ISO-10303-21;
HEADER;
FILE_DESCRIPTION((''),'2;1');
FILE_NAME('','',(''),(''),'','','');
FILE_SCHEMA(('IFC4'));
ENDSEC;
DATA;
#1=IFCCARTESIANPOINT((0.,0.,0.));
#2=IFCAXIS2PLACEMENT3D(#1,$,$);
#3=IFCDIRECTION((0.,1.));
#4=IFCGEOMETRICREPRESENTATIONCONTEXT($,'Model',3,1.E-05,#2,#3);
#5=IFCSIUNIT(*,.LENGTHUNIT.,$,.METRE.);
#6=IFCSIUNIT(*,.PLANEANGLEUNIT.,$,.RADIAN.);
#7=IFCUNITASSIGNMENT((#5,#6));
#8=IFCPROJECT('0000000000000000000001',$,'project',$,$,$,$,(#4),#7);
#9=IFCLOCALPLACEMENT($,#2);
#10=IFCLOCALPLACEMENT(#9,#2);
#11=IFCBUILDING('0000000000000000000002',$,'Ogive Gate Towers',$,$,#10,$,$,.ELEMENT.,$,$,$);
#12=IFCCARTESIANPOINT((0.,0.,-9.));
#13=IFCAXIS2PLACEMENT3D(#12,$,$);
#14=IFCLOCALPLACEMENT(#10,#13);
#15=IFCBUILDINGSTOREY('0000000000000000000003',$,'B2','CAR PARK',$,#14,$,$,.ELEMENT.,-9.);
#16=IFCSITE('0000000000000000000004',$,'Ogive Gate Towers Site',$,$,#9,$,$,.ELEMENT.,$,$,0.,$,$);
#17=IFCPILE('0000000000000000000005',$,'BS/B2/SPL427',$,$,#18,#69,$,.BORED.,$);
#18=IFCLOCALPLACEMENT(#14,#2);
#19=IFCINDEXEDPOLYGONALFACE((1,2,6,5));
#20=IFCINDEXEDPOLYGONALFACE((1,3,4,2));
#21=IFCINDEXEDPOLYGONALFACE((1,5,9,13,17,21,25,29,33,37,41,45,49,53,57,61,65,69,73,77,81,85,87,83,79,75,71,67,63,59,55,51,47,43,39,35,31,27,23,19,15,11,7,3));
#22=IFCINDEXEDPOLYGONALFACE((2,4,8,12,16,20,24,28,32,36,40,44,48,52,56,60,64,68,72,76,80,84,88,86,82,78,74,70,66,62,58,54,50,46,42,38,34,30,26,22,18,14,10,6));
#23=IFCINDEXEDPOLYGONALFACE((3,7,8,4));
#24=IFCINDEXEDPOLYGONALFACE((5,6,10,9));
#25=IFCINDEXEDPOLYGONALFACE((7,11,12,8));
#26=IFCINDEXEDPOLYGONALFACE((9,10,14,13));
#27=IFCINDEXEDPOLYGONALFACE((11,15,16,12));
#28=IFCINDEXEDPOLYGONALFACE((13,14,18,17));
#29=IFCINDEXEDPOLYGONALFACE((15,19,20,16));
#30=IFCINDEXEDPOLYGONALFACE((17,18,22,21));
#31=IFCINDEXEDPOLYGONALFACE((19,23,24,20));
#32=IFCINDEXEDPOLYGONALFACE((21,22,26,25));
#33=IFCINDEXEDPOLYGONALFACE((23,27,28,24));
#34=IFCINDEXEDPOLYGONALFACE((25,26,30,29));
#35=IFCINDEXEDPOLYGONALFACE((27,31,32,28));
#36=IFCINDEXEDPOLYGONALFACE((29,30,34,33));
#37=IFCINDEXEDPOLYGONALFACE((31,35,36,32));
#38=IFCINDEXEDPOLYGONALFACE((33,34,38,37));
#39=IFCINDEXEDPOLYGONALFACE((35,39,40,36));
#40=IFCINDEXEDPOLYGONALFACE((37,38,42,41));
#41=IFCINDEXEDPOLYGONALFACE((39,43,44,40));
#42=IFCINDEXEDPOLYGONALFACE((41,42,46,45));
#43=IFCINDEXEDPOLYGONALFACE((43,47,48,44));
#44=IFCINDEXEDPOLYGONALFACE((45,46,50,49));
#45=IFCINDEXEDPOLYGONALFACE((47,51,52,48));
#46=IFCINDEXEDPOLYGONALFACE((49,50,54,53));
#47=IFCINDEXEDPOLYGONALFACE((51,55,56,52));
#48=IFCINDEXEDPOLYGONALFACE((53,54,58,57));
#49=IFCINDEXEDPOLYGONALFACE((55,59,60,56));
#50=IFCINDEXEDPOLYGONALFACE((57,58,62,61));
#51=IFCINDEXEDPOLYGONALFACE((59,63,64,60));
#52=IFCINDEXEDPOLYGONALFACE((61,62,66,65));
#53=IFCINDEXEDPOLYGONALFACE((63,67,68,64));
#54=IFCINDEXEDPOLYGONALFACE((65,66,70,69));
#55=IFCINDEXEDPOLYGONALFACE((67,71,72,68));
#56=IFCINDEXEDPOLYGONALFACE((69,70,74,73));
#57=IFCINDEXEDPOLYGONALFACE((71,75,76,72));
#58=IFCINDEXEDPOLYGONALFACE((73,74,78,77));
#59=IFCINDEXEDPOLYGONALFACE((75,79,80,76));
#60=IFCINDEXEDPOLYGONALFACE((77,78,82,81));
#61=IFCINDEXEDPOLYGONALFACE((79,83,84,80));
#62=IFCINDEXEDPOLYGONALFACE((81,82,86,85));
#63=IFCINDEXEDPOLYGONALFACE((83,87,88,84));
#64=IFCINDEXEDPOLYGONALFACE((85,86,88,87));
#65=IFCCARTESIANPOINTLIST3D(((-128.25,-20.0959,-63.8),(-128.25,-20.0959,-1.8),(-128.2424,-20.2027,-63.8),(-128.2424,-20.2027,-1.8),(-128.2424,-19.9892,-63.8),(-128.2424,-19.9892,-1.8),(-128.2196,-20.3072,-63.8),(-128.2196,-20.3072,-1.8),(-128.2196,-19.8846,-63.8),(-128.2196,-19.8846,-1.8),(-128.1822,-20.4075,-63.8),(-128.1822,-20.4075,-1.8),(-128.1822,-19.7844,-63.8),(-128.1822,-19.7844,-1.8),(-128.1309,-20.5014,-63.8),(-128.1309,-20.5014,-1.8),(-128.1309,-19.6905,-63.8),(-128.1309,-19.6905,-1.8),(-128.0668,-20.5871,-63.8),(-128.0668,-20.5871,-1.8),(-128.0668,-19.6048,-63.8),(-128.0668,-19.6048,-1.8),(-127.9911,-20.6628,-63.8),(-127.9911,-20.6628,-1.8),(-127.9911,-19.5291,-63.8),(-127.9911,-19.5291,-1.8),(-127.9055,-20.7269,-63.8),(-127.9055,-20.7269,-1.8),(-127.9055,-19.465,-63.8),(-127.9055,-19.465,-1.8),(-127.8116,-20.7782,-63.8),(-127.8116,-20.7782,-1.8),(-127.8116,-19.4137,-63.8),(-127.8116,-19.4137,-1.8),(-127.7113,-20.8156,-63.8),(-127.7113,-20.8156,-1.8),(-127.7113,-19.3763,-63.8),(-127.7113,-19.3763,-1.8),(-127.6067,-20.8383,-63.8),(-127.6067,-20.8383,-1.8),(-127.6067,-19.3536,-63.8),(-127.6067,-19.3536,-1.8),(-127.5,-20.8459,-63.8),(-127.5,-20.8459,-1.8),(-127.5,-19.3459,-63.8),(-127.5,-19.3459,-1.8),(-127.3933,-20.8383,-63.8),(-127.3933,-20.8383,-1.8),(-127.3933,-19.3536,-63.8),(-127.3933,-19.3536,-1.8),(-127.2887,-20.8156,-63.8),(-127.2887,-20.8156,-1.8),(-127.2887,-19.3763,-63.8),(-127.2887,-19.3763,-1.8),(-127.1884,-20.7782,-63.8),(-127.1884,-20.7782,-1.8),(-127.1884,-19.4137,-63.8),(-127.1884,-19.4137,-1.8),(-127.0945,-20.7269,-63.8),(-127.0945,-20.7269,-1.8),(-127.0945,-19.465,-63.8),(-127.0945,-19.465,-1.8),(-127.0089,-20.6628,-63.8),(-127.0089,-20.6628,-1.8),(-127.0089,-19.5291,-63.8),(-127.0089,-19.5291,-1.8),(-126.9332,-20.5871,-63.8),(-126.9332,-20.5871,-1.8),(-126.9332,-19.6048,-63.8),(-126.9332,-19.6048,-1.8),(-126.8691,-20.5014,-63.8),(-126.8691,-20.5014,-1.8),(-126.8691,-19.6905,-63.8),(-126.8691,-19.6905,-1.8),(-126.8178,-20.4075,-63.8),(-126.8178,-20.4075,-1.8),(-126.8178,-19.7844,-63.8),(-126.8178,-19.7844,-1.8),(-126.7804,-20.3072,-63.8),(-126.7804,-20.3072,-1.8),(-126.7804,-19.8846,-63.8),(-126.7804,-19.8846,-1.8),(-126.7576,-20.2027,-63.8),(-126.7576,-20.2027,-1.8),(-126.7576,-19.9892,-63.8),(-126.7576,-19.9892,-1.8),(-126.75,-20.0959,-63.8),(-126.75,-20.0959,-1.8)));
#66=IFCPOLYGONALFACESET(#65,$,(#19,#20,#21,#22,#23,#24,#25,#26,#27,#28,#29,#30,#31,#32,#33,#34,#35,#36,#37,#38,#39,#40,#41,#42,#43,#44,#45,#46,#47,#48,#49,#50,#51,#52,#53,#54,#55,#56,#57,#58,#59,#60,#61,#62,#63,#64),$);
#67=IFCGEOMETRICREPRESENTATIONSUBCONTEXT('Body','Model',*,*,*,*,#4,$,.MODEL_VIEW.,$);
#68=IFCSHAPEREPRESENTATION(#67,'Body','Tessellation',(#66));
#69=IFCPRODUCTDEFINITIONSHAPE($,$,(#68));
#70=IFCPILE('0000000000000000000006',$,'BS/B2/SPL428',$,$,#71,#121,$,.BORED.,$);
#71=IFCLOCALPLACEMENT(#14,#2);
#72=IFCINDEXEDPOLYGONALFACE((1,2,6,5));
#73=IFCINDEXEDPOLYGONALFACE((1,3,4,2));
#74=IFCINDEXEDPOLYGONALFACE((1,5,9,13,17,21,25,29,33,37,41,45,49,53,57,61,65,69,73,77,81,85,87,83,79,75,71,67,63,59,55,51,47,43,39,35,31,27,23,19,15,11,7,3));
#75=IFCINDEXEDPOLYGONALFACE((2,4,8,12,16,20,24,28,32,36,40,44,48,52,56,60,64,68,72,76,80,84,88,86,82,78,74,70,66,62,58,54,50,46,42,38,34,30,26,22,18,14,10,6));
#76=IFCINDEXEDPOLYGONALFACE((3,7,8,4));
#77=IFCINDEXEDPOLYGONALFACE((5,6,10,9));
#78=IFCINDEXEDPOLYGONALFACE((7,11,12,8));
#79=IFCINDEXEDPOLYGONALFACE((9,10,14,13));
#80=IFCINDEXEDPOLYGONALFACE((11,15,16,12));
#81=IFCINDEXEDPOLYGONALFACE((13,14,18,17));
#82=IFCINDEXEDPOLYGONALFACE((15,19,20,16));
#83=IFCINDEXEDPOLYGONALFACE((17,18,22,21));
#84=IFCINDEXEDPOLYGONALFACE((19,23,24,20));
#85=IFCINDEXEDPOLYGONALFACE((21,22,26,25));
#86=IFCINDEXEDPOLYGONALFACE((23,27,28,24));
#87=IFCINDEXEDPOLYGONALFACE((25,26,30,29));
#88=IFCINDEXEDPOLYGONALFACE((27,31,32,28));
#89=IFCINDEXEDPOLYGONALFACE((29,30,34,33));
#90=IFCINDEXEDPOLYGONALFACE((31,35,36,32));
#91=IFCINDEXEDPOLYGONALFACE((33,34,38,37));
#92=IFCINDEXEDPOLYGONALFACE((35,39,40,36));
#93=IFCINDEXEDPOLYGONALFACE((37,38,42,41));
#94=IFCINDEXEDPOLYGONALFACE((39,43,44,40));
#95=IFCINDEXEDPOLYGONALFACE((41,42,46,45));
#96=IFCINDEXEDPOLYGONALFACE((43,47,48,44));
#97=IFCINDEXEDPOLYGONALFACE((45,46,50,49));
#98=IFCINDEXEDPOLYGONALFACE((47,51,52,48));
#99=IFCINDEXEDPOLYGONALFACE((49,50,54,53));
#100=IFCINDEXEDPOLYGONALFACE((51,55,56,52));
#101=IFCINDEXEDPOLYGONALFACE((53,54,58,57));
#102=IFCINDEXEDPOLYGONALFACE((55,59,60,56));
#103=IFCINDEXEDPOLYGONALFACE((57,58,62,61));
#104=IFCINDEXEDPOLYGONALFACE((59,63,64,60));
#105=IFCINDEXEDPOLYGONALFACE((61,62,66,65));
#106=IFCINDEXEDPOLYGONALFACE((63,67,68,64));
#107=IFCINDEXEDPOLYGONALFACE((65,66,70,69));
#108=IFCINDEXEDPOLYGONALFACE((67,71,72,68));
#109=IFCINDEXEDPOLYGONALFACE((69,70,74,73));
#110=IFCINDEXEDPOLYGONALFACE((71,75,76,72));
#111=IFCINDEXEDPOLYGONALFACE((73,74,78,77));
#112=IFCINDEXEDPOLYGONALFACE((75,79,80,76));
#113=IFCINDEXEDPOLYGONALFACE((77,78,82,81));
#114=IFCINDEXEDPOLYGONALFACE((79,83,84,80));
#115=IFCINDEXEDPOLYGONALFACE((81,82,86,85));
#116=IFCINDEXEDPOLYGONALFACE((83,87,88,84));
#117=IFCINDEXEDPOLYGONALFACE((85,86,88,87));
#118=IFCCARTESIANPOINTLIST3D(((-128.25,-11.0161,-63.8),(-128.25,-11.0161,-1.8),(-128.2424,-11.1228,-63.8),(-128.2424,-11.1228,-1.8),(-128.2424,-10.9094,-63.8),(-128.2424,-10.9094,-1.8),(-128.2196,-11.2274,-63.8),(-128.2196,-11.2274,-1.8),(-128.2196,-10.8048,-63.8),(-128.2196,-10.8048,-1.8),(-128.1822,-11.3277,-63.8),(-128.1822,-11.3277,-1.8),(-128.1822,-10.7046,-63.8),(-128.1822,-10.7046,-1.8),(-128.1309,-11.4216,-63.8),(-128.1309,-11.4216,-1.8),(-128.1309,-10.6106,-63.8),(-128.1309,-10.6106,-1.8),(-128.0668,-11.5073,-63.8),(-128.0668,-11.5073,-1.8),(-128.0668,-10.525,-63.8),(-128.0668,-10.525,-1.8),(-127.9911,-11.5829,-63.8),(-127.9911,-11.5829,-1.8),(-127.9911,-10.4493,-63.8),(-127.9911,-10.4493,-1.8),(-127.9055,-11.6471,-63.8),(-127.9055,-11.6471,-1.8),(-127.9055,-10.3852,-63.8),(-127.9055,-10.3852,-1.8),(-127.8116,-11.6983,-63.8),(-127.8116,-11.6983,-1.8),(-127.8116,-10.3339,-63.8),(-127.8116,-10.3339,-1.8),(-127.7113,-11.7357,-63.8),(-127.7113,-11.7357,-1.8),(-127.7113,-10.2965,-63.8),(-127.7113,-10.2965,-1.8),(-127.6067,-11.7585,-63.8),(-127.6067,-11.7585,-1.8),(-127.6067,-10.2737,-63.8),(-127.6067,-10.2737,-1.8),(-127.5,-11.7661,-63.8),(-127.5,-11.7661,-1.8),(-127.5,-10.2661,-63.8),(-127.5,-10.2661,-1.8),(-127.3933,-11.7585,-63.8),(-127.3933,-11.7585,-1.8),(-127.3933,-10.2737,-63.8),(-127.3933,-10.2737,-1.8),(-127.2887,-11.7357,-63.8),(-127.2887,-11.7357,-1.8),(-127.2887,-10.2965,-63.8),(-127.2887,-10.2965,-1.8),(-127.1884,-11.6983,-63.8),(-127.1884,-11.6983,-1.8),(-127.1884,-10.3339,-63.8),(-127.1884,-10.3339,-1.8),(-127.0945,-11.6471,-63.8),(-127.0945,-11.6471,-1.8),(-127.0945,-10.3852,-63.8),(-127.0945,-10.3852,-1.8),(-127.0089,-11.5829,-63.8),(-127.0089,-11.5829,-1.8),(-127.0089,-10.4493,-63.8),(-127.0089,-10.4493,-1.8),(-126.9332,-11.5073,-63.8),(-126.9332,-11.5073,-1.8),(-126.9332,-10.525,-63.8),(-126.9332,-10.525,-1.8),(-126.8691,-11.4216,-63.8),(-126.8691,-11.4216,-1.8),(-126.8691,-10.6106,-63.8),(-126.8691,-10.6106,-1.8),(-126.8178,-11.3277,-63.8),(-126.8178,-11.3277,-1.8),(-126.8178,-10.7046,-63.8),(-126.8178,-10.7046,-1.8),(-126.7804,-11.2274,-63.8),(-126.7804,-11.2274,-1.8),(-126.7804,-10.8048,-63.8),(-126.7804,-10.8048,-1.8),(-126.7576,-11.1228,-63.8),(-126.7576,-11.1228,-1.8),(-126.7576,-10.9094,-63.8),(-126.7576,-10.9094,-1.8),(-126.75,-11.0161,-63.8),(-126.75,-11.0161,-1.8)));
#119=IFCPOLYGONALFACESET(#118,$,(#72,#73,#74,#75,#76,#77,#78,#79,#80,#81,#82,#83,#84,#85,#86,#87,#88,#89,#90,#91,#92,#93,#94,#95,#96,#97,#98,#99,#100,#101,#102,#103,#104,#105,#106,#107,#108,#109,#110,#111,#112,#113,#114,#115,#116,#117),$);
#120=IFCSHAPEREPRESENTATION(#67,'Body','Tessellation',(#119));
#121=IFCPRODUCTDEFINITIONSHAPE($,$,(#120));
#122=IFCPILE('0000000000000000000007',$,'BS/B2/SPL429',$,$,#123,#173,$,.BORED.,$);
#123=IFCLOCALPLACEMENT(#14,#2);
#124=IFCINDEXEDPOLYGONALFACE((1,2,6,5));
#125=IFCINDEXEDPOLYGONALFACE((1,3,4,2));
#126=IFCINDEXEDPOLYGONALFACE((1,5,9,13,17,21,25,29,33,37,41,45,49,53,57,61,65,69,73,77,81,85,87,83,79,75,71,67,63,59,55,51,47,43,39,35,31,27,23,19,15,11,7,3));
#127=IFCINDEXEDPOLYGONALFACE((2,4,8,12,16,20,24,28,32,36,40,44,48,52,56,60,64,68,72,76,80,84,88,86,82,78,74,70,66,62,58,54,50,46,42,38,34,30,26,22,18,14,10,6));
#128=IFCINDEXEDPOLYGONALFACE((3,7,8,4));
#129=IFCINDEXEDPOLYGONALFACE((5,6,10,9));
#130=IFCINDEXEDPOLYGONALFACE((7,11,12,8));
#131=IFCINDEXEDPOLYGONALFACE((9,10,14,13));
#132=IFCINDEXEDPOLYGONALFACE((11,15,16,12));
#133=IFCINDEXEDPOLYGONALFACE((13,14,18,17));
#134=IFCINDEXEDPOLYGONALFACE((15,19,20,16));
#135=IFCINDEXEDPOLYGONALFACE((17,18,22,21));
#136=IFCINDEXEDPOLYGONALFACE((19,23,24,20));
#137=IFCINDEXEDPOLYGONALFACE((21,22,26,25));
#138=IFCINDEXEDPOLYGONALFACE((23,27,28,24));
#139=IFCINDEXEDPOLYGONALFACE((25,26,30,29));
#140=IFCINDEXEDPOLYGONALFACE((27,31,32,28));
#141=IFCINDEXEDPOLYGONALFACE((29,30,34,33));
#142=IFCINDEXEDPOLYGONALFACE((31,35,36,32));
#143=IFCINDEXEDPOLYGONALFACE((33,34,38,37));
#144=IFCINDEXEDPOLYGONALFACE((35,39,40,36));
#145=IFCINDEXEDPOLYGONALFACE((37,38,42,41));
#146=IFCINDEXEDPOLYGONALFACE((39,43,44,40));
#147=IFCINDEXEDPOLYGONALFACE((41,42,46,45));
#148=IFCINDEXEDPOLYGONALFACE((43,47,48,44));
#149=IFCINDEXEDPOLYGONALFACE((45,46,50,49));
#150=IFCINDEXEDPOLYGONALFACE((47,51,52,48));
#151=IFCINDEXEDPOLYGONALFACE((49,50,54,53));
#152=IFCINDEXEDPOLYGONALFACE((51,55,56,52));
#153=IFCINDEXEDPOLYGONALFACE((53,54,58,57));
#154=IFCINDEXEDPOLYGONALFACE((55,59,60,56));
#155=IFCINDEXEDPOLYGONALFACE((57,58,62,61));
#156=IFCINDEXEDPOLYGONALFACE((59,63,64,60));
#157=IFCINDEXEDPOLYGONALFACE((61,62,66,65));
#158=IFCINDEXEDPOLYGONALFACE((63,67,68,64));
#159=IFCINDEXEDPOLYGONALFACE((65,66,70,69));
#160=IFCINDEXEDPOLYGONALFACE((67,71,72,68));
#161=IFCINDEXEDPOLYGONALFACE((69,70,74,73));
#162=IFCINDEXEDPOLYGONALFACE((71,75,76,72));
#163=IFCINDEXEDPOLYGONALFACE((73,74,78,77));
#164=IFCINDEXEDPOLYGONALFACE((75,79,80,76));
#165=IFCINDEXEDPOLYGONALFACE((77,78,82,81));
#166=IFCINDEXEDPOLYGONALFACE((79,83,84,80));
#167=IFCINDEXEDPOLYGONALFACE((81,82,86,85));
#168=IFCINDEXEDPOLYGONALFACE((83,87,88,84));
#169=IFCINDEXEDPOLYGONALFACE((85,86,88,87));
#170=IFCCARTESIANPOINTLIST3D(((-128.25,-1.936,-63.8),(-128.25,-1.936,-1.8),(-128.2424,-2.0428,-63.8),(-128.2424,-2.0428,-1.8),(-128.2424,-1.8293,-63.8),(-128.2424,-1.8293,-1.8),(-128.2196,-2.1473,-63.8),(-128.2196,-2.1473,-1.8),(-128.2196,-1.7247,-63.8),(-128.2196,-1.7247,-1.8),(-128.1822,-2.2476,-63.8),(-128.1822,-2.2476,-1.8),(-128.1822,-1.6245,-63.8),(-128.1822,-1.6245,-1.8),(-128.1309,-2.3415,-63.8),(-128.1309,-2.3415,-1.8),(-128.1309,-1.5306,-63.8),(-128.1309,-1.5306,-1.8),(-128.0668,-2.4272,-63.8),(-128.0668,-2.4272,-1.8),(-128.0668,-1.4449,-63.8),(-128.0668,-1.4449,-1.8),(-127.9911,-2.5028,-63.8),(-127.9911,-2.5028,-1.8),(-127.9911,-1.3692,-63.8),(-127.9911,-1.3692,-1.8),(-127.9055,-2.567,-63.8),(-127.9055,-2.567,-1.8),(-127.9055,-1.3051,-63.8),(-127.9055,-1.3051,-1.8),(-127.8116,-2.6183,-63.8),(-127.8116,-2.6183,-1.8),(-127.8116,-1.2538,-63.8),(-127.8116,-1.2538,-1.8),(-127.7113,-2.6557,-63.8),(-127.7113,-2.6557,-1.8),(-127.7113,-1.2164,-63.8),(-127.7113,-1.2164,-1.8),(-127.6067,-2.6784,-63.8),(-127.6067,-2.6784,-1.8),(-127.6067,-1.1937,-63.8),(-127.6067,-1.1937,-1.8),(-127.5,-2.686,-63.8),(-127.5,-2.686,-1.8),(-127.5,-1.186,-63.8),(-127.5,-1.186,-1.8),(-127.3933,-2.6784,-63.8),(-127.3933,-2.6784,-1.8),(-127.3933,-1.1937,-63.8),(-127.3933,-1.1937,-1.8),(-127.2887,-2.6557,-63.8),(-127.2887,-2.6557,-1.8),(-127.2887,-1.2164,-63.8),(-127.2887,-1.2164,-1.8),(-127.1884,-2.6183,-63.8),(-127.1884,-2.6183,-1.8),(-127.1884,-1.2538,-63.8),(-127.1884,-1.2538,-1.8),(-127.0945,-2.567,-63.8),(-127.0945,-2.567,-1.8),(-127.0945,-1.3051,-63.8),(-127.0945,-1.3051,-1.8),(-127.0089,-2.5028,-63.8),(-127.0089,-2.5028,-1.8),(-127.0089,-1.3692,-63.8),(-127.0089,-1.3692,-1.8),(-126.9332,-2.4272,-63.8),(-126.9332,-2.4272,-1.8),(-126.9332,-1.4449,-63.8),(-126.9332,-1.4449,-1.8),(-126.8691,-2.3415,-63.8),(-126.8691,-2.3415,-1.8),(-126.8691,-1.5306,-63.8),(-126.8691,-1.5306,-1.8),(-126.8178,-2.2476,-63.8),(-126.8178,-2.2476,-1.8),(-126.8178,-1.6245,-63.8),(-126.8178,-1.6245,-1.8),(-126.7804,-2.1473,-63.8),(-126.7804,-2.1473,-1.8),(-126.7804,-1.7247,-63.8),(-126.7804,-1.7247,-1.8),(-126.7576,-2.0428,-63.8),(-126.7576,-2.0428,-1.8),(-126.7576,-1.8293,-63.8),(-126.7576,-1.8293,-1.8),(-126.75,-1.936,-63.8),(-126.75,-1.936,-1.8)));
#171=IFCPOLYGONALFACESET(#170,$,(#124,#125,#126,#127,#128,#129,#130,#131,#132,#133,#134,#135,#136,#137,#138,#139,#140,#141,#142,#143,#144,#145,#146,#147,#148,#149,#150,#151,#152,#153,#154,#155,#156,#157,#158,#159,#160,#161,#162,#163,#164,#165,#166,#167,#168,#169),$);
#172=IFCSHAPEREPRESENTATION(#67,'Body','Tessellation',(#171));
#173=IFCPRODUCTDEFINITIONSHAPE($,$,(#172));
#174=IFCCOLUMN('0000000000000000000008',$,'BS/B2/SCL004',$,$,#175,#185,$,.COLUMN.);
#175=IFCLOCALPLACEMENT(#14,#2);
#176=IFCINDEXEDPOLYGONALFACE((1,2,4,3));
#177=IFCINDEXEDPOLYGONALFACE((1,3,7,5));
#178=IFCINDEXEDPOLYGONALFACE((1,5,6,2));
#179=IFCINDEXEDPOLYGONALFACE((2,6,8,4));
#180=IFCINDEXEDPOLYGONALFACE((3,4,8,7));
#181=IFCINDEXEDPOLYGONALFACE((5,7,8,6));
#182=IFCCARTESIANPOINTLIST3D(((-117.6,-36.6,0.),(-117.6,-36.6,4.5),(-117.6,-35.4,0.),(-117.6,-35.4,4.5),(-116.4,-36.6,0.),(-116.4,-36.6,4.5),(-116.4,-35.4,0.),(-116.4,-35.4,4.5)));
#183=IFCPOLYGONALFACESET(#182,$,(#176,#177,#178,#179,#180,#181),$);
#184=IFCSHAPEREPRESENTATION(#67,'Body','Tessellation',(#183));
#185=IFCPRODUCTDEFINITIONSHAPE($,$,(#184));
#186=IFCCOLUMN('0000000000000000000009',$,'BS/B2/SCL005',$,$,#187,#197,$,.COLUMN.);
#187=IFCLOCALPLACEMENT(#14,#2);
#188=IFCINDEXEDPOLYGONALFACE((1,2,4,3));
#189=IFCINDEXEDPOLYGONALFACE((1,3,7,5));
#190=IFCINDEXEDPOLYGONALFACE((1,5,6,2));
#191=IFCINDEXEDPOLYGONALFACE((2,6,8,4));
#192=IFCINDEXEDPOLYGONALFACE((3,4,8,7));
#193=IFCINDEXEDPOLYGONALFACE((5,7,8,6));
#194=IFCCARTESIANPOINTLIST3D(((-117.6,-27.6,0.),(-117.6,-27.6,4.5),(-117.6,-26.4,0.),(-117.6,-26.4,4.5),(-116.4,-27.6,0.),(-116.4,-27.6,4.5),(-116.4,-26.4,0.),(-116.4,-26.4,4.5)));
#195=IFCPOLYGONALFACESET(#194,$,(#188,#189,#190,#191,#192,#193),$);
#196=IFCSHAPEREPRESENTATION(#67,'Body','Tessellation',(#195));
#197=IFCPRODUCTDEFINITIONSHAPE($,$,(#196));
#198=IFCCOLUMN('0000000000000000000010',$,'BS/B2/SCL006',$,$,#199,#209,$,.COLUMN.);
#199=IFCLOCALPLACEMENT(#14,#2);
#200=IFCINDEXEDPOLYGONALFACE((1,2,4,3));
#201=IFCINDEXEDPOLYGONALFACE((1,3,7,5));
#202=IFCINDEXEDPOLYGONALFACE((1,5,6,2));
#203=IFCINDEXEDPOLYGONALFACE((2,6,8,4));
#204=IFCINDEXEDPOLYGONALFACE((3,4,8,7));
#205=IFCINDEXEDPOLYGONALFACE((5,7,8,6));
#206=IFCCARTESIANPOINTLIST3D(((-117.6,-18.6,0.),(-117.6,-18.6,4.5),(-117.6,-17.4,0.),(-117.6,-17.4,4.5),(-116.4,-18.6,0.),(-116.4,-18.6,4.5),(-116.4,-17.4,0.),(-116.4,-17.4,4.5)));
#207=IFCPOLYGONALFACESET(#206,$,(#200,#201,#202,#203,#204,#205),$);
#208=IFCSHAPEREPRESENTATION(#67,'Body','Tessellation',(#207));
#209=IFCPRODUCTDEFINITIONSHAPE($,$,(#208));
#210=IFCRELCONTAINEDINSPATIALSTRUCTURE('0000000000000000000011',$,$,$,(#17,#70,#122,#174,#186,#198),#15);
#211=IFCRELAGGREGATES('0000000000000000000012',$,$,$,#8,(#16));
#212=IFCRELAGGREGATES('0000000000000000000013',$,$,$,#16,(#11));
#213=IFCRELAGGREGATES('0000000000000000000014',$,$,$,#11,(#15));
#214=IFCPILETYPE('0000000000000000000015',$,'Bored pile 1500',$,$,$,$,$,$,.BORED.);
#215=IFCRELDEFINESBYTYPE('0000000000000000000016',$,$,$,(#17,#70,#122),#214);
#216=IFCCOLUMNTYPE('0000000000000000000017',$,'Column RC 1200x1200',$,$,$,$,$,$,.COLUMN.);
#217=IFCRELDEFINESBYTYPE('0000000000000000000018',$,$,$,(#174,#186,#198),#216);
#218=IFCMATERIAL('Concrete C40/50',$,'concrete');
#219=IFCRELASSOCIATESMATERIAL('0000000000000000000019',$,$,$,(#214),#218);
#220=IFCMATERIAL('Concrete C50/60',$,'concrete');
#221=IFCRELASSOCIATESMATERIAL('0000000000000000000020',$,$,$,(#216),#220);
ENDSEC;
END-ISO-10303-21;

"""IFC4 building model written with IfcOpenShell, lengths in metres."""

from ifc_helpers import new_model, si_unit, direction, frame, origin, origin_2d, place, context, subcontext, project, spatial, rectangle, circle, extrude, material, material_profile, profile_set, type_object, element, save


model = new_model("IFC4")

# Units and contexts
model_context = context("Model", 3, precision=1e-05, world=origin(), true_north=direction((0.0, 1.0)))
body_context = subcontext(model_context, "Body", "Model", "MODEL_VIEW")
ifc_project = project(units=[si_unit("LENGTHUNIT", "METRE"), si_unit("PLANEANGLEUNIT", "RADIAN")], contexts=[model_context])

# Site, building, storey
site_placement = place(None, origin())
site = spatial("IfcSite", under=ifc_project, at=site_placement, Name="Ogive Gate Towers Site", CompositionType="ELEMENT", RefElevation=0.0)
building_placement = place(site_placement, origin())
building = spatial("IfcBuilding", under=site, at=building_placement, Name="Ogive Gate Towers", CompositionType="ELEMENT")
storey_placement = place(building_placement, frame((0.0, 0.0, -9.0)))
storey = spatial("IfcBuildingStorey", under=building, at=storey_placement, Name="B2", Description="CAR PARK", CompositionType="ELEMENT", Elevation=-9.0)

# Piles
ifc_material_1 = material(Name="Concrete C40/50", Category="concrete")
ifc_material_profile_1 = material_profile(ifc_material_1, circle(Radius=0.75, at=origin_2d()), Name="BP 1500")
ifc_profile_set_1 = profile_set([ifc_material_profile_1], Name="Concrete C40/50")
pile_type = type_object("IfcPileType", Name="Bored pile 1500", PredefinedType="BORED", material=ifc_profile_set_1)
for number, where, z_axis, x_axis, name in (
    (1, (-127.5, -20.0959, -1.8), (0.0, 0.0, -1.0), (1.0, 0.0, 0.0), "BS/B2/SPL427"),
    (2, (-127.5, -11.0161, -1.8), (0.0, 0.0, -1.0), (1.0, 0.0, 0.0), "BS/B2/SPL428"),
    (3, (-127.5, -1.936, -1.8), (0.0, 0.0, -1.0), (1.0, 0.0, 0.0), "BS/B2/SPL429"),
):
    element("IfcPile", number, at=place(storey_placement, frame(where, z_axis=z_axis, x_axis=x_axis)), inside=storey, type_object=pile_type, Name=name, PredefinedType="BORED", context=body_context, shape_type="SweptSolid", body=[
        extrude(circle(Radius=0.75, at=origin_2d()), origin(), (0.0, 0.0, 1.0), 62.0),
    ])

# Columns
ifc_material_2 = material(Name="Concrete C50/60", Category="concrete")
ifc_material_profile_2 = material_profile(ifc_material_2, rectangle(XDim=1.2, YDim=1.2, at=origin_2d()), Name="RC 1200x1200")
ifc_profile_set_2 = profile_set([ifc_material_profile_2], Name="Concrete C50/60")
column_type = type_object("IfcColumnType", Name="Column RC 1200x1200", PredefinedType="COLUMN", material=ifc_profile_set_2)
for number, where, z_axis, x_axis, name in (
    (4, (-117.0, -36.0, 0.0), (0.0, 0.0, 1.0), (1.0, 0.0, 0.0), "BS/B2/SCL004"),
    (5, (-117.0, -27.0, 0.0), (0.0, 0.0, 1.0), (1.0, 0.0, 0.0), "BS/B2/SCL005"),
    (6, (-117.0, -18.0, 0.0), (0.0, 0.0, 1.0), (1.0, 0.0, 0.0), "BS/B2/SCL006"),
):
    element("IfcColumn", number, at=place(storey_placement, frame(where, z_axis=z_axis, x_axis=x_axis)), inside=storey, type_object=column_type, Name=name, PredefinedType="COLUMN", context=body_context, shape_type="SweptSolid", body=[
        extrude(rectangle(XDim=1.2, YDim=1.2, at=origin_2d()), origin(), (0.0, 0.0, 1.0), 4.5),
    ])

save(model, "model.ifc")
